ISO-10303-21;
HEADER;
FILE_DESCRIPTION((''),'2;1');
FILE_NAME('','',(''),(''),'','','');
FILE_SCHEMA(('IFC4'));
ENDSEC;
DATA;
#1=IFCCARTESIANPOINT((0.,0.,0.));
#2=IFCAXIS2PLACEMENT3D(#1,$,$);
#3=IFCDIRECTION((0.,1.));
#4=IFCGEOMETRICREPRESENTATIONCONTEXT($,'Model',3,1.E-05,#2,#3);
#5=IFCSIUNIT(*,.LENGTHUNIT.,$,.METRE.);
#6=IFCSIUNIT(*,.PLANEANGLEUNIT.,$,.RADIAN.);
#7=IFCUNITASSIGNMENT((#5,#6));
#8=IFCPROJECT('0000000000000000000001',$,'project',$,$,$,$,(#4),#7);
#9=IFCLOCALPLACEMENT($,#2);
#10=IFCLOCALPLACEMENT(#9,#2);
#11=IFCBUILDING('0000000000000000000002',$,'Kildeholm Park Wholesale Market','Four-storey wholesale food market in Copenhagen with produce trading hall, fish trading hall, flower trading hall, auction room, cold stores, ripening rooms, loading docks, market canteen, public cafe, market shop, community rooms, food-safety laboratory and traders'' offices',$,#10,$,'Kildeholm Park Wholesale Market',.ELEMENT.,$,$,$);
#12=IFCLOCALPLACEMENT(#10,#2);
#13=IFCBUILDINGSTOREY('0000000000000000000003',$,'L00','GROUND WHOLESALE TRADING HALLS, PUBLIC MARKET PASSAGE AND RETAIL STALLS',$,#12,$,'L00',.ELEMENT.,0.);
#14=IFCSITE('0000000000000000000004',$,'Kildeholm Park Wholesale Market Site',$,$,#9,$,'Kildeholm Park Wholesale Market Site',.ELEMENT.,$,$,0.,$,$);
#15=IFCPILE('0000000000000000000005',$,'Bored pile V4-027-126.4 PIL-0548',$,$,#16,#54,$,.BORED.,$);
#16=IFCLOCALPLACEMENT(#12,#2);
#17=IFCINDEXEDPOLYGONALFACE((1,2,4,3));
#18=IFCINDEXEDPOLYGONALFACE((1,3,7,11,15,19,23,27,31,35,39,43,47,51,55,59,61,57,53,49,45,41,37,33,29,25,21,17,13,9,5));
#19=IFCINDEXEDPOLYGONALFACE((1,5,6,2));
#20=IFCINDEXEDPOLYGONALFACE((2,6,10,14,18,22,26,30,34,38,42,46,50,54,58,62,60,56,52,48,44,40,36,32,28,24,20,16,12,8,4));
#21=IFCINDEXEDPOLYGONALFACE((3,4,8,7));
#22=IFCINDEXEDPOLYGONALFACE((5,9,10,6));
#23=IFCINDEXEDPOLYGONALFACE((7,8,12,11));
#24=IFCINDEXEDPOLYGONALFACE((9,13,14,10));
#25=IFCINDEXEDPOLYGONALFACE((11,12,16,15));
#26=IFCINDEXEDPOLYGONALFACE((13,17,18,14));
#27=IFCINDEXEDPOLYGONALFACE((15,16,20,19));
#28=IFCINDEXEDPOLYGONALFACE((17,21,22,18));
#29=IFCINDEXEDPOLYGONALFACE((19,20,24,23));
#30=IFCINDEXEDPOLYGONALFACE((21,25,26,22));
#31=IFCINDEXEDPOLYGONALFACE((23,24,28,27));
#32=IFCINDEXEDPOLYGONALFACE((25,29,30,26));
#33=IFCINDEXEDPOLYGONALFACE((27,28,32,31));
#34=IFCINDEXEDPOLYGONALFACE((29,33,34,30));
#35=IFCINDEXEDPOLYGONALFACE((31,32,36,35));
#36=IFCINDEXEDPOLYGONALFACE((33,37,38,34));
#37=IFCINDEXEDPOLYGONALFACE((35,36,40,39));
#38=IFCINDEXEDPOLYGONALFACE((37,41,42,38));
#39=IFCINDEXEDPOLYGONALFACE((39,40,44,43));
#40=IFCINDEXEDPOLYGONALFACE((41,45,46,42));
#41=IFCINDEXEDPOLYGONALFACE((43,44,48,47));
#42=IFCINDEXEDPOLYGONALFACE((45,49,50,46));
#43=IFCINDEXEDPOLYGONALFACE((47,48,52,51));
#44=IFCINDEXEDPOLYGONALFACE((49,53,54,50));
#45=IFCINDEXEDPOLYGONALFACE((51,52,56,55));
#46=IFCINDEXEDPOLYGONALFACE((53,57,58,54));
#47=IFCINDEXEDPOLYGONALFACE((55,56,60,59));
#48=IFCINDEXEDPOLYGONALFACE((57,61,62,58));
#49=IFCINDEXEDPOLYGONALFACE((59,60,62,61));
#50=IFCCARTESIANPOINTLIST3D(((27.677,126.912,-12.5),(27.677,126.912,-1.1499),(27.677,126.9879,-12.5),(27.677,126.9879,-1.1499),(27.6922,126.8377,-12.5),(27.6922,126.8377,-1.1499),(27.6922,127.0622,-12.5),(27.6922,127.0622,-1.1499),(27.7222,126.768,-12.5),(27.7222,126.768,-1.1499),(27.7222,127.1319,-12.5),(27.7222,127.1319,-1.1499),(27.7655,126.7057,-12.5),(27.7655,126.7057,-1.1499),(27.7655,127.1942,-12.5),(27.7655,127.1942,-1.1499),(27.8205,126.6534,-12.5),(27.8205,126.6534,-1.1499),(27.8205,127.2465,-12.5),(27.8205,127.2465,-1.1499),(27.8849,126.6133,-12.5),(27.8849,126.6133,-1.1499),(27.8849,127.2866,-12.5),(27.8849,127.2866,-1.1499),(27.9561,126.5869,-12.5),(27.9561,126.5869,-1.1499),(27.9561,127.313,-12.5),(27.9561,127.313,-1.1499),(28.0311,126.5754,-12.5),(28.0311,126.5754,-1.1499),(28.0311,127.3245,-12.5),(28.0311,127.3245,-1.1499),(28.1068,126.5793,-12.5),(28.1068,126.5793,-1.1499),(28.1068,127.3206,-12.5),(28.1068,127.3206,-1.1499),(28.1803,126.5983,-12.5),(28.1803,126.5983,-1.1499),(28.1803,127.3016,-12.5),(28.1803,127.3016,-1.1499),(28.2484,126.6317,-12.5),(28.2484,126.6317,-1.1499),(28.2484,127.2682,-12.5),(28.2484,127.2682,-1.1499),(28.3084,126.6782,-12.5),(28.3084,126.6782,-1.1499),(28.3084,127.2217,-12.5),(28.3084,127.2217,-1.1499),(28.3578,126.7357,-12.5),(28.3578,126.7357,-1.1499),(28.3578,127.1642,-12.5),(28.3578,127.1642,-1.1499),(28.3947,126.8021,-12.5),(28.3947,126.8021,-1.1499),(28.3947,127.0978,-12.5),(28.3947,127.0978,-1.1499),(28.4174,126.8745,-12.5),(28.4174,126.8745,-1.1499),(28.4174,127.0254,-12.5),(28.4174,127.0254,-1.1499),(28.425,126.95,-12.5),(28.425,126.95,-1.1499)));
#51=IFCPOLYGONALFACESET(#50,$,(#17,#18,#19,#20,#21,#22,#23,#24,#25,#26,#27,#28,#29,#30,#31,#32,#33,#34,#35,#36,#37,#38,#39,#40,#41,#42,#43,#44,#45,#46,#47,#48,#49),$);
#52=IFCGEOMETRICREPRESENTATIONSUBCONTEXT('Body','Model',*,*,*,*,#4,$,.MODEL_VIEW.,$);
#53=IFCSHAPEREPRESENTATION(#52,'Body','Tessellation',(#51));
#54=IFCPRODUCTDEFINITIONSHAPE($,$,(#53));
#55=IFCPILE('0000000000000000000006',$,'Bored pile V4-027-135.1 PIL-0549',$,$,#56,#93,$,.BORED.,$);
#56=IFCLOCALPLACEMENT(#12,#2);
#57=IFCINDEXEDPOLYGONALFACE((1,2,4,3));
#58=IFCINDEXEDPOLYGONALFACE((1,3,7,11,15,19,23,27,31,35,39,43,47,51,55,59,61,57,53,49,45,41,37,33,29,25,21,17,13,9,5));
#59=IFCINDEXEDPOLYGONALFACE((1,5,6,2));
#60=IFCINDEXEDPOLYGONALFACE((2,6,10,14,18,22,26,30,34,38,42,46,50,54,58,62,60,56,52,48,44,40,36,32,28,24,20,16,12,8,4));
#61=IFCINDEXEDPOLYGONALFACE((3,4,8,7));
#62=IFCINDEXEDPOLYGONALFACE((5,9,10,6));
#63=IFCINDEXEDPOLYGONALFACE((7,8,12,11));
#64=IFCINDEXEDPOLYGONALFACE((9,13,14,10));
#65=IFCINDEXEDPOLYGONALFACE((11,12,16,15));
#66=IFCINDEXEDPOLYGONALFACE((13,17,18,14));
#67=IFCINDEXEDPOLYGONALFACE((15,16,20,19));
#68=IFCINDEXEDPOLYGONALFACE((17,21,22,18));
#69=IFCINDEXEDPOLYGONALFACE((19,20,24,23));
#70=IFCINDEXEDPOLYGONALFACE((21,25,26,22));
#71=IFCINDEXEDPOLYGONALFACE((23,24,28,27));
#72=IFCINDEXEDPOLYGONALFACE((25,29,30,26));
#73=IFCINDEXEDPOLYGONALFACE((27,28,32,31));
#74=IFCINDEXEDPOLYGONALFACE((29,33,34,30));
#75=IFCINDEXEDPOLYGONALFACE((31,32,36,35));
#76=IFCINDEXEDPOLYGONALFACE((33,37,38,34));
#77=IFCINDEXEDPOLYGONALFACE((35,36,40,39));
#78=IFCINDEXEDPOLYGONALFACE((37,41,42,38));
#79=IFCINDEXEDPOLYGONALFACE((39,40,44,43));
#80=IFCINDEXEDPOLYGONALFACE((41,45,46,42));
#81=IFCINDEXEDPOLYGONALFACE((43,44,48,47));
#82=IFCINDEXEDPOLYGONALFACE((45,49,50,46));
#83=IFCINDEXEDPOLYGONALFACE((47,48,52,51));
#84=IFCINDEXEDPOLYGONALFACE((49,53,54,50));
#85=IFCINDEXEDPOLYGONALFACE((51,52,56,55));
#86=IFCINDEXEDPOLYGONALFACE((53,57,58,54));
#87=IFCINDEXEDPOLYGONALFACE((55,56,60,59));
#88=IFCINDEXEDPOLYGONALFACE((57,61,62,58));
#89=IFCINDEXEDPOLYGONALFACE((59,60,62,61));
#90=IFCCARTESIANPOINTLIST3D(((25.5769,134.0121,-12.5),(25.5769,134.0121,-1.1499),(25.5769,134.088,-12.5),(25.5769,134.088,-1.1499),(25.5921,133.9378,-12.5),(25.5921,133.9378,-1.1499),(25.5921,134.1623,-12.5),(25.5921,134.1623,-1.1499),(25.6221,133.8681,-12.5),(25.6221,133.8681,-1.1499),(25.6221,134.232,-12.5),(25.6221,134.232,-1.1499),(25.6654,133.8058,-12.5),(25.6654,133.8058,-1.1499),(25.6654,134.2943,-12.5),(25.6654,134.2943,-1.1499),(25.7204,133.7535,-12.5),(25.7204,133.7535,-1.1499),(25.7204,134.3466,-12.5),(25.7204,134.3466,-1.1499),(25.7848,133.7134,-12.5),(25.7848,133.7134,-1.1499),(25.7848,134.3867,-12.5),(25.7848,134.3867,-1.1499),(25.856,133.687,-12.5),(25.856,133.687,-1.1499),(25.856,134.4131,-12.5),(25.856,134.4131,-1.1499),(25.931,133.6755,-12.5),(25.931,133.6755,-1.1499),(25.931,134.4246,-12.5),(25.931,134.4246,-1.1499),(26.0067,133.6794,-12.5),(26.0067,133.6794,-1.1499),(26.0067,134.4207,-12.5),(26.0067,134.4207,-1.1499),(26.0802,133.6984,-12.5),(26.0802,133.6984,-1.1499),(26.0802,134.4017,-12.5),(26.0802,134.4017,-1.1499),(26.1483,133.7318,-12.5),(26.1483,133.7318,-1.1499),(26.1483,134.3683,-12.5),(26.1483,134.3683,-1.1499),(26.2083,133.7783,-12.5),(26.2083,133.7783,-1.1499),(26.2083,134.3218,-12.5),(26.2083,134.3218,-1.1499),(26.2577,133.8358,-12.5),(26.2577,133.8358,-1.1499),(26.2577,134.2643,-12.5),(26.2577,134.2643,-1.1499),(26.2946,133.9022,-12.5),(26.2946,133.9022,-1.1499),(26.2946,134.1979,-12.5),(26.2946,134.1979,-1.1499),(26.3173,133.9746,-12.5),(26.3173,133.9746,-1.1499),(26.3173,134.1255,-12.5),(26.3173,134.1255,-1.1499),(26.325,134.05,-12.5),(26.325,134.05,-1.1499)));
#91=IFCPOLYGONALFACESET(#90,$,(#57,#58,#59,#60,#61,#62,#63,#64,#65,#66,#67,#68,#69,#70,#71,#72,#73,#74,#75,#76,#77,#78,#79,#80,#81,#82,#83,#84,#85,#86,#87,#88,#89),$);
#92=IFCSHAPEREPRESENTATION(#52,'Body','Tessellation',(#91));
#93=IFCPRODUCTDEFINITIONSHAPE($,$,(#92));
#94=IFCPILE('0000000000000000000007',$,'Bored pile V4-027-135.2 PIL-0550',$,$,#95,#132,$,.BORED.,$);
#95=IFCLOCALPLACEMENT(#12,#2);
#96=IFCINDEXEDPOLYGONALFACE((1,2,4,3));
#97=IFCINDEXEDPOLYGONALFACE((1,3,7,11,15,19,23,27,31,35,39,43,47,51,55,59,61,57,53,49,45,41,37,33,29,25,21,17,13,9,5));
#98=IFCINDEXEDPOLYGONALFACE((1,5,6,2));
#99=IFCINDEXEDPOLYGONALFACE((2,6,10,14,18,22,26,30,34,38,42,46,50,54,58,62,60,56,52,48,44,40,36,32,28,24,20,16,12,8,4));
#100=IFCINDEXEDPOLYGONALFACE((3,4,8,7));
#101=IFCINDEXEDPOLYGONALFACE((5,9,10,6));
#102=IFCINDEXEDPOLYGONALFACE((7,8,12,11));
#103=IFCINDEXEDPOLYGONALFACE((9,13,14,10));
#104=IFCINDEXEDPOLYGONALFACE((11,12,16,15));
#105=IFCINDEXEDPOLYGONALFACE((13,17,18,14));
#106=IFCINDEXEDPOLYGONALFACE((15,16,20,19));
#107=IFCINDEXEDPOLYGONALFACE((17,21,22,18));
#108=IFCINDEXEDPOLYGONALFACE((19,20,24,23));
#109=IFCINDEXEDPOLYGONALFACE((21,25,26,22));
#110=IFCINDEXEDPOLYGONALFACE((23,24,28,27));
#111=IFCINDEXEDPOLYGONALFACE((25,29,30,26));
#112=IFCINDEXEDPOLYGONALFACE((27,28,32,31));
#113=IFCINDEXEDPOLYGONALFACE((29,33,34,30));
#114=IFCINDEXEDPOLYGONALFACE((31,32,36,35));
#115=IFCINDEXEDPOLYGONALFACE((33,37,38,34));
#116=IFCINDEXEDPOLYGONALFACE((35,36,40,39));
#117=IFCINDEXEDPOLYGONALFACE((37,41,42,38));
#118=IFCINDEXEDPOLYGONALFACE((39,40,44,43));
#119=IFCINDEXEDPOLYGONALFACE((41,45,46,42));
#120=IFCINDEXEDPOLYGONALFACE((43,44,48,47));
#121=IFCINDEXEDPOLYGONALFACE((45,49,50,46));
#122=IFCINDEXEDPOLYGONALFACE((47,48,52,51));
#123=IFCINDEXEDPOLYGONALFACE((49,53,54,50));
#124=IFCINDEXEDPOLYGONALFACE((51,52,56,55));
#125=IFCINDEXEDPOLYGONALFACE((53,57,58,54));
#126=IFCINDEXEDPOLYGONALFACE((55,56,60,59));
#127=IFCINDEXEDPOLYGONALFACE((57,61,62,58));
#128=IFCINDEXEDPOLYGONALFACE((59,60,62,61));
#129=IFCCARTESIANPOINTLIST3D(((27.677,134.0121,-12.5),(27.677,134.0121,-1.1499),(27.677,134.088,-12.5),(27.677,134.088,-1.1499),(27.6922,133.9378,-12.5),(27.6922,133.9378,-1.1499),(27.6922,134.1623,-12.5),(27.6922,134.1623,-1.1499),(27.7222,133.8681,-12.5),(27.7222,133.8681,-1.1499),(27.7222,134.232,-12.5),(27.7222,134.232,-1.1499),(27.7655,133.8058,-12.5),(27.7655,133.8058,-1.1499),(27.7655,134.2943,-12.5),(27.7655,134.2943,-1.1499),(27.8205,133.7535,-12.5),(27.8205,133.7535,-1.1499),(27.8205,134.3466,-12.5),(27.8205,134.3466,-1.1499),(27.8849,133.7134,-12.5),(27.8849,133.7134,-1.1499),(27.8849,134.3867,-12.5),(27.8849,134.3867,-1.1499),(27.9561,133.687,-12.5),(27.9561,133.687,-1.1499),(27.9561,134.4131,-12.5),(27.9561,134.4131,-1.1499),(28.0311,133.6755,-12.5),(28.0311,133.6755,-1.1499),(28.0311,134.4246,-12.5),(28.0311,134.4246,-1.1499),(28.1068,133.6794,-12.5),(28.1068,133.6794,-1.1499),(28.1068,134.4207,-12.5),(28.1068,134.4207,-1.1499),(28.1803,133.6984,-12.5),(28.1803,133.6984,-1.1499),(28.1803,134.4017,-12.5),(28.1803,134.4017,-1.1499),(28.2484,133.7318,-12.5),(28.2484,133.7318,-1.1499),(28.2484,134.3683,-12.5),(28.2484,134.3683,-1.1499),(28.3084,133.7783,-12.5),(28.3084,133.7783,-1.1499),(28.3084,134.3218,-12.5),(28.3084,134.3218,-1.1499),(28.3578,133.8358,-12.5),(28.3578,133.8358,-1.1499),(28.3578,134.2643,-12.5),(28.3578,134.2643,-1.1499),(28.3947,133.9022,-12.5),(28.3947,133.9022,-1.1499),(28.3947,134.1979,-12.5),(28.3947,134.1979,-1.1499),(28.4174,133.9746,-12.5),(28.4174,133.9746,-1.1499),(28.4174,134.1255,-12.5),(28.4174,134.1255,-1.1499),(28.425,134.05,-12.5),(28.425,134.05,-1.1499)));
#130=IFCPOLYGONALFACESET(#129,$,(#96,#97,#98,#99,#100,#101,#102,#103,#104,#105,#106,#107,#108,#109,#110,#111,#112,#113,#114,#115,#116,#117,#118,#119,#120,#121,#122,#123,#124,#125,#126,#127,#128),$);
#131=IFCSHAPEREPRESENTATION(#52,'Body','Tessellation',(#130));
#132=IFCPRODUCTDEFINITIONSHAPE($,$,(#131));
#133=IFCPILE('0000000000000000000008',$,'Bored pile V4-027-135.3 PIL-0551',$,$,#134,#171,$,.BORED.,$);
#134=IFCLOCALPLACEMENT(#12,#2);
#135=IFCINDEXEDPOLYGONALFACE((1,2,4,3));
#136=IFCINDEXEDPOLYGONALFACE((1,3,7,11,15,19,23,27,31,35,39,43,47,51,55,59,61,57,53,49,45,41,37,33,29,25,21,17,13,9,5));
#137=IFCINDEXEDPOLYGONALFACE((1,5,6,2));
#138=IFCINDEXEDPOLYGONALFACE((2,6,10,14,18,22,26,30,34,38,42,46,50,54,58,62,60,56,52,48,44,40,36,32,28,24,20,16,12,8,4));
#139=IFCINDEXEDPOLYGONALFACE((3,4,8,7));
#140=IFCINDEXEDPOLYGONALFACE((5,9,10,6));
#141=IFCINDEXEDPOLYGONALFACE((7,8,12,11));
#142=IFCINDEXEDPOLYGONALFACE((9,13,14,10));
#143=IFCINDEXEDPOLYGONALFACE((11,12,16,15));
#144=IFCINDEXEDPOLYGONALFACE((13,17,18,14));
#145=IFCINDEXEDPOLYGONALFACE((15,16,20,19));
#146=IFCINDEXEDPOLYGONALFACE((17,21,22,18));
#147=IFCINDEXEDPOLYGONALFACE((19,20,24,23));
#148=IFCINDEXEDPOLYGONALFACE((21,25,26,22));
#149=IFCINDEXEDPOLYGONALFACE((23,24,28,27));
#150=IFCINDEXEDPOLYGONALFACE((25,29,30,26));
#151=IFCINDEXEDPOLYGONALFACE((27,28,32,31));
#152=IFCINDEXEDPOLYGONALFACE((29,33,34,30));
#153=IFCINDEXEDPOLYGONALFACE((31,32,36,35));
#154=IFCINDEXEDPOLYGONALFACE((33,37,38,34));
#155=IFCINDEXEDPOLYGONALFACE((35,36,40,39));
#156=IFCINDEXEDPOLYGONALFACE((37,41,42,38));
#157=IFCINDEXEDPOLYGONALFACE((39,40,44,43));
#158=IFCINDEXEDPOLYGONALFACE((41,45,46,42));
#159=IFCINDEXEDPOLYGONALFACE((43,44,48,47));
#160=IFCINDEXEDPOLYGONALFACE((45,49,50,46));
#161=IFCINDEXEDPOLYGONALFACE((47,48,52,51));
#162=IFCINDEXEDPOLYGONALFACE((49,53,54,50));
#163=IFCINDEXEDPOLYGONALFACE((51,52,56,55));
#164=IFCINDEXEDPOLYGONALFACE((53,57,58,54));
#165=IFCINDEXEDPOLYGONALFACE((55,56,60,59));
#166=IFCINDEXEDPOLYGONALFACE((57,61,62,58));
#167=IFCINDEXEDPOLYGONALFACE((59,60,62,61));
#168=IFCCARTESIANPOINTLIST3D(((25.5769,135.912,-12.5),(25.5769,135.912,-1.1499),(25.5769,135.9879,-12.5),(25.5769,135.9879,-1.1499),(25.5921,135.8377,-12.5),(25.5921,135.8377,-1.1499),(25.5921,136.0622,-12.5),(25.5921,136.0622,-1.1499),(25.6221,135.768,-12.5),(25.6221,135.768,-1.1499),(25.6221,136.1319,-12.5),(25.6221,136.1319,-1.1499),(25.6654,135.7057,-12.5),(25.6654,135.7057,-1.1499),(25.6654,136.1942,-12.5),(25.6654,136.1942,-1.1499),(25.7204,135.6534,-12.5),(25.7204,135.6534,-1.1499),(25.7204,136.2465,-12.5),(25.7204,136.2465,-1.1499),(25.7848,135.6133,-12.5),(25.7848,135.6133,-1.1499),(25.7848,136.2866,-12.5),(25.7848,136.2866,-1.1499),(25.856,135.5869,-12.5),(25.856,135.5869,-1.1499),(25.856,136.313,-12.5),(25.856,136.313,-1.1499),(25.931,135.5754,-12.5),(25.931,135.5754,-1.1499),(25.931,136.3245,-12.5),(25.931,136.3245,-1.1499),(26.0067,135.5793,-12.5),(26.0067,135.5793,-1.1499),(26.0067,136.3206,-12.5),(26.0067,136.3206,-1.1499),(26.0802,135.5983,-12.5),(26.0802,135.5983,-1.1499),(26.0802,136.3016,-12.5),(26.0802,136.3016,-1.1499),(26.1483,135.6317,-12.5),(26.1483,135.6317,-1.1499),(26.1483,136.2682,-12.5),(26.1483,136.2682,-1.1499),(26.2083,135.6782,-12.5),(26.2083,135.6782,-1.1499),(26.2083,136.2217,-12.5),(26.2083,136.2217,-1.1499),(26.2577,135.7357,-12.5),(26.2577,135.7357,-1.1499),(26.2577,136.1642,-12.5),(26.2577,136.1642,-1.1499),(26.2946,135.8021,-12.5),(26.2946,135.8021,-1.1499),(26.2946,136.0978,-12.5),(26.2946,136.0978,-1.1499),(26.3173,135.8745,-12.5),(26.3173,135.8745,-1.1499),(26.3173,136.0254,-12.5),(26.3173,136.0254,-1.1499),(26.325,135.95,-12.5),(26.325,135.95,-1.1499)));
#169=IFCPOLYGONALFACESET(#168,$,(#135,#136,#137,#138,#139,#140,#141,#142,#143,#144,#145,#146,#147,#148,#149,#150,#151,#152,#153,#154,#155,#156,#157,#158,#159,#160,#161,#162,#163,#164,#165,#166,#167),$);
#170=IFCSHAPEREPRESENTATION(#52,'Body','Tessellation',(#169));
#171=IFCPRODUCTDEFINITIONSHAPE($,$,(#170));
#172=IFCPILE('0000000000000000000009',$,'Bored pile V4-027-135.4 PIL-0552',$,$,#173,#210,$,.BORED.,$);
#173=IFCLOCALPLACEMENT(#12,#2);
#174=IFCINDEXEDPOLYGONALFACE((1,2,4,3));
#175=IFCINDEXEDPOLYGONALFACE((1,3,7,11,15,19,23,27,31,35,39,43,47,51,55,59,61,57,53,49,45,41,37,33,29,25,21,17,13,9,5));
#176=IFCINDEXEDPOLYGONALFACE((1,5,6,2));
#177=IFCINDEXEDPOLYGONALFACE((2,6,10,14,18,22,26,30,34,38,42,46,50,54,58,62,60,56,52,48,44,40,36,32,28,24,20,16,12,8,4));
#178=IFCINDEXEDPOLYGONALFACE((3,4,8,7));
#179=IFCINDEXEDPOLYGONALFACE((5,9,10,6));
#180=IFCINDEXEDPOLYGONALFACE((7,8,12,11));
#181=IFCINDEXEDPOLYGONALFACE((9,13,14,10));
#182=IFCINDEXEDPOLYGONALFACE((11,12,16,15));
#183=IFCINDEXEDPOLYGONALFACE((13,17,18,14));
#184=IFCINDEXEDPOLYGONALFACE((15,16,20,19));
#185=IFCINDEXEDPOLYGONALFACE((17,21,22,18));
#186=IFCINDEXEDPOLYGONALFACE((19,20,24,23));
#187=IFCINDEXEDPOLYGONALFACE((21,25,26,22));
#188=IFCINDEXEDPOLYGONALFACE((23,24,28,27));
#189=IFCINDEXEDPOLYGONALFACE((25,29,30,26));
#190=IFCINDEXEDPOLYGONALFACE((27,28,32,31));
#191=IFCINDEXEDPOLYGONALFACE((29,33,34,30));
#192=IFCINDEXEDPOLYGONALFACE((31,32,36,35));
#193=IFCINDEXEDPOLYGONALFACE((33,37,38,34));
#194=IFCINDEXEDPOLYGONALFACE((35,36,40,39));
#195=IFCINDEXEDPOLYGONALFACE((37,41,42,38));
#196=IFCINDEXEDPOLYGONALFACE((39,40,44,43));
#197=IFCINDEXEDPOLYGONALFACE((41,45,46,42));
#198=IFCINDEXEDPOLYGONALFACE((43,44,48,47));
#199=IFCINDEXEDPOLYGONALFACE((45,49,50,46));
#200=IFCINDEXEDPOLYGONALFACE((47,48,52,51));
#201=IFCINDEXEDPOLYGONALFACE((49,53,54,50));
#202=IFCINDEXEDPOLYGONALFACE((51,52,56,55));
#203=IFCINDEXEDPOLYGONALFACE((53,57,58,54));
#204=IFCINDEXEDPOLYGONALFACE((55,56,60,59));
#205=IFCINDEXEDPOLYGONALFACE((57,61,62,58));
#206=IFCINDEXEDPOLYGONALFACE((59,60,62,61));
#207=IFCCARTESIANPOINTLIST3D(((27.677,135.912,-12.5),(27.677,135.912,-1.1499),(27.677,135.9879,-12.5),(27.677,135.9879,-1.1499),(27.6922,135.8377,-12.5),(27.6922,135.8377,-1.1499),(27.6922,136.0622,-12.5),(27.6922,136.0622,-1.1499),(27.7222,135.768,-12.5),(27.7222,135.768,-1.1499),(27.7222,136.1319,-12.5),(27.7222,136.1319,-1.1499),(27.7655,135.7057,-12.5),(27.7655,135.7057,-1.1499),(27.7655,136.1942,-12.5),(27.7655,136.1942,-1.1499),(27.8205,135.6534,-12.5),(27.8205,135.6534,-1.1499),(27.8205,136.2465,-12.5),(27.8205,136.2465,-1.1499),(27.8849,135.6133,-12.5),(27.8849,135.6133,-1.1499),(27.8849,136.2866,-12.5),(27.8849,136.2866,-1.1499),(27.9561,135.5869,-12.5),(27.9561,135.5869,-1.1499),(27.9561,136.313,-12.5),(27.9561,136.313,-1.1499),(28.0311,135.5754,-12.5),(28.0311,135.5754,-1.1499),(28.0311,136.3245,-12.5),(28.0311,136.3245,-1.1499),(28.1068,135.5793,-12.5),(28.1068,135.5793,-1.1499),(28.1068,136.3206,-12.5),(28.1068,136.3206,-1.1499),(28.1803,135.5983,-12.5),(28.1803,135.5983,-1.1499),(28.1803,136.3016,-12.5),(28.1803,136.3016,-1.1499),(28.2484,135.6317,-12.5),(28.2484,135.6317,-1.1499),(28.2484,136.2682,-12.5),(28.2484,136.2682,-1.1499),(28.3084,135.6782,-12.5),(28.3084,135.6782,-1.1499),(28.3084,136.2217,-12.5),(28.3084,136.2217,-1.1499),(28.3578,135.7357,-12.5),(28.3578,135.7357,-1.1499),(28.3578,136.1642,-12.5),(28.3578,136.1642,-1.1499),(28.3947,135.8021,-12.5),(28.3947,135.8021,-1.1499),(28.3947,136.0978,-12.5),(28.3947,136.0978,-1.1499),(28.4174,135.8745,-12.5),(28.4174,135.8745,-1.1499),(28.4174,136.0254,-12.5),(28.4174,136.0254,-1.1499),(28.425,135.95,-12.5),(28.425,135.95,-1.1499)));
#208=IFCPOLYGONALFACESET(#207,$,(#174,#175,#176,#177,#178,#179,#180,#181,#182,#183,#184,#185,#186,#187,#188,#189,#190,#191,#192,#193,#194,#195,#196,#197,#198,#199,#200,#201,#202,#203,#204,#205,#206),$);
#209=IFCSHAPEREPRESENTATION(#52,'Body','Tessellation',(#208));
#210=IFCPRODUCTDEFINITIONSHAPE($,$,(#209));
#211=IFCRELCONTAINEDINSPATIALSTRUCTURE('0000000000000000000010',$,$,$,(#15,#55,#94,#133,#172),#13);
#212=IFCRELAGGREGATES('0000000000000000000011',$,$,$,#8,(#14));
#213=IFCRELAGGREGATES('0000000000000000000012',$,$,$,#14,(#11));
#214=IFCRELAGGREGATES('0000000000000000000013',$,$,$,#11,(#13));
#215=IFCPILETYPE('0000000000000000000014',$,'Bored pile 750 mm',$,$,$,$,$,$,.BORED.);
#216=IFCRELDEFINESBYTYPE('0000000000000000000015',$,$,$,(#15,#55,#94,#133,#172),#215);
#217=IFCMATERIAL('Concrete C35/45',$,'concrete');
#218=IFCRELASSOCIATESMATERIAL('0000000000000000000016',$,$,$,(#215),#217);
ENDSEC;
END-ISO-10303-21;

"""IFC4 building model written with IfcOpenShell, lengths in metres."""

from ifc_helpers import new_model, si_unit, direction, frame, origin, origin_2d, place, context, subcontext, project, spatial, circle, extrude, material, material_profile, profile_set, type_object, element, save


model = new_model("IFC4")

# Units and contexts
model_context = context("Model", 3, precision=1e-05, world=origin(), true_north=direction((0.0, 1.0)))
body_context = subcontext(model_context, "Body", "Model", "MODEL_VIEW")
ifc_project = project(units=[si_unit("LENGTHUNIT", "METRE"), si_unit("PLANEANGLEUNIT", "RADIAN")], contexts=[model_context])

# Site, building, storey
site_placement = place(None, origin())
site = spatial("IfcSite", under=ifc_project, at=site_placement, Name="Kildeholm Park Wholesale Market Site", LongName="Kildeholm Park Wholesale Market Site", CompositionType="ELEMENT", RefElevation=0.0)
building_placement = place(site_placement, origin())
building = spatial("IfcBuilding", under=site, at=building_placement, Name="Kildeholm Park Wholesale Market", Description="Four-storey wholesale food market in Copenhagen with produce trading hall, fish trading hall, flower trading hall, auction room, cold stores, ripening rooms, loading docks, market canteen, public cafe, market shop, community rooms, food-safety laboratory and traders' offices", LongName="Kildeholm Park Wholesale Market", CompositionType="ELEMENT")
storey_placement = place(building_placement, origin())
storey = spatial("IfcBuildingStorey", under=building, at=storey_placement, Name="L00", Description="GROUND WHOLESALE TRADING HALLS, PUBLIC MARKET PASSAGE AND RETAIL STALLS", LongName="L00", CompositionType="ELEMENT", Elevation=0.0)

# Piles
ifc_material_1 = material(Name="Concrete C35/45", Category="concrete")
ifc_material_profile_1 = material_profile(ifc_material_1, circle(Radius=0.375, at=origin_2d()), Name="PILE D750")
ifc_profile_set_1 = profile_set([ifc_material_profile_1], Name="Concrete C35/45")
pile_type = type_object("IfcPileType", Name="Bored pile 750 mm", PredefinedType="BORED", material=ifc_profile_set_1)
for number, where, z_axis, x_axis, name in (
    (1, (28.05, 126.95, -1.1499), (0.0, 0.0, -1.0), (1.0, 0.0, 0.0), "Bored pile V4-027-126.4 PIL-0548"),
    (2, (25.95, 134.05, -1.1499), (0.0, 0.0, -1.0), (1.0, 0.0, 0.0), "Bored pile V4-027-135.1 PIL-0549"),
    (3, (28.05, 134.05, -1.1499), (0.0, 0.0, -1.0), (1.0, 0.0, 0.0), "Bored pile V4-027-135.2 PIL-0550"),
    (4, (25.95, 135.95, -1.1499), (0.0, 0.0, -1.0), (1.0, 0.0, 0.0), "Bored pile V4-027-135.3 PIL-0551"),
    (5, (28.05, 135.95, -1.1499), (0.0, 0.0, -1.0), (1.0, 0.0, 0.0), "Bored pile V4-027-135.4 PIL-0552"),
):
    element("IfcPile", number, at=place(storey_placement, frame(where, z_axis=z_axis, x_axis=x_axis)), inside=storey, type_object=pile_type, Name=name, PredefinedType="BORED", context=body_context, shape_type="SweptSolid", body=[
        extrude(circle(Radius=0.375, at=origin_2d()), origin(), (0.0, 0.0, 1.0), 11.3501),
    ])

save(model, "model.ifc")
